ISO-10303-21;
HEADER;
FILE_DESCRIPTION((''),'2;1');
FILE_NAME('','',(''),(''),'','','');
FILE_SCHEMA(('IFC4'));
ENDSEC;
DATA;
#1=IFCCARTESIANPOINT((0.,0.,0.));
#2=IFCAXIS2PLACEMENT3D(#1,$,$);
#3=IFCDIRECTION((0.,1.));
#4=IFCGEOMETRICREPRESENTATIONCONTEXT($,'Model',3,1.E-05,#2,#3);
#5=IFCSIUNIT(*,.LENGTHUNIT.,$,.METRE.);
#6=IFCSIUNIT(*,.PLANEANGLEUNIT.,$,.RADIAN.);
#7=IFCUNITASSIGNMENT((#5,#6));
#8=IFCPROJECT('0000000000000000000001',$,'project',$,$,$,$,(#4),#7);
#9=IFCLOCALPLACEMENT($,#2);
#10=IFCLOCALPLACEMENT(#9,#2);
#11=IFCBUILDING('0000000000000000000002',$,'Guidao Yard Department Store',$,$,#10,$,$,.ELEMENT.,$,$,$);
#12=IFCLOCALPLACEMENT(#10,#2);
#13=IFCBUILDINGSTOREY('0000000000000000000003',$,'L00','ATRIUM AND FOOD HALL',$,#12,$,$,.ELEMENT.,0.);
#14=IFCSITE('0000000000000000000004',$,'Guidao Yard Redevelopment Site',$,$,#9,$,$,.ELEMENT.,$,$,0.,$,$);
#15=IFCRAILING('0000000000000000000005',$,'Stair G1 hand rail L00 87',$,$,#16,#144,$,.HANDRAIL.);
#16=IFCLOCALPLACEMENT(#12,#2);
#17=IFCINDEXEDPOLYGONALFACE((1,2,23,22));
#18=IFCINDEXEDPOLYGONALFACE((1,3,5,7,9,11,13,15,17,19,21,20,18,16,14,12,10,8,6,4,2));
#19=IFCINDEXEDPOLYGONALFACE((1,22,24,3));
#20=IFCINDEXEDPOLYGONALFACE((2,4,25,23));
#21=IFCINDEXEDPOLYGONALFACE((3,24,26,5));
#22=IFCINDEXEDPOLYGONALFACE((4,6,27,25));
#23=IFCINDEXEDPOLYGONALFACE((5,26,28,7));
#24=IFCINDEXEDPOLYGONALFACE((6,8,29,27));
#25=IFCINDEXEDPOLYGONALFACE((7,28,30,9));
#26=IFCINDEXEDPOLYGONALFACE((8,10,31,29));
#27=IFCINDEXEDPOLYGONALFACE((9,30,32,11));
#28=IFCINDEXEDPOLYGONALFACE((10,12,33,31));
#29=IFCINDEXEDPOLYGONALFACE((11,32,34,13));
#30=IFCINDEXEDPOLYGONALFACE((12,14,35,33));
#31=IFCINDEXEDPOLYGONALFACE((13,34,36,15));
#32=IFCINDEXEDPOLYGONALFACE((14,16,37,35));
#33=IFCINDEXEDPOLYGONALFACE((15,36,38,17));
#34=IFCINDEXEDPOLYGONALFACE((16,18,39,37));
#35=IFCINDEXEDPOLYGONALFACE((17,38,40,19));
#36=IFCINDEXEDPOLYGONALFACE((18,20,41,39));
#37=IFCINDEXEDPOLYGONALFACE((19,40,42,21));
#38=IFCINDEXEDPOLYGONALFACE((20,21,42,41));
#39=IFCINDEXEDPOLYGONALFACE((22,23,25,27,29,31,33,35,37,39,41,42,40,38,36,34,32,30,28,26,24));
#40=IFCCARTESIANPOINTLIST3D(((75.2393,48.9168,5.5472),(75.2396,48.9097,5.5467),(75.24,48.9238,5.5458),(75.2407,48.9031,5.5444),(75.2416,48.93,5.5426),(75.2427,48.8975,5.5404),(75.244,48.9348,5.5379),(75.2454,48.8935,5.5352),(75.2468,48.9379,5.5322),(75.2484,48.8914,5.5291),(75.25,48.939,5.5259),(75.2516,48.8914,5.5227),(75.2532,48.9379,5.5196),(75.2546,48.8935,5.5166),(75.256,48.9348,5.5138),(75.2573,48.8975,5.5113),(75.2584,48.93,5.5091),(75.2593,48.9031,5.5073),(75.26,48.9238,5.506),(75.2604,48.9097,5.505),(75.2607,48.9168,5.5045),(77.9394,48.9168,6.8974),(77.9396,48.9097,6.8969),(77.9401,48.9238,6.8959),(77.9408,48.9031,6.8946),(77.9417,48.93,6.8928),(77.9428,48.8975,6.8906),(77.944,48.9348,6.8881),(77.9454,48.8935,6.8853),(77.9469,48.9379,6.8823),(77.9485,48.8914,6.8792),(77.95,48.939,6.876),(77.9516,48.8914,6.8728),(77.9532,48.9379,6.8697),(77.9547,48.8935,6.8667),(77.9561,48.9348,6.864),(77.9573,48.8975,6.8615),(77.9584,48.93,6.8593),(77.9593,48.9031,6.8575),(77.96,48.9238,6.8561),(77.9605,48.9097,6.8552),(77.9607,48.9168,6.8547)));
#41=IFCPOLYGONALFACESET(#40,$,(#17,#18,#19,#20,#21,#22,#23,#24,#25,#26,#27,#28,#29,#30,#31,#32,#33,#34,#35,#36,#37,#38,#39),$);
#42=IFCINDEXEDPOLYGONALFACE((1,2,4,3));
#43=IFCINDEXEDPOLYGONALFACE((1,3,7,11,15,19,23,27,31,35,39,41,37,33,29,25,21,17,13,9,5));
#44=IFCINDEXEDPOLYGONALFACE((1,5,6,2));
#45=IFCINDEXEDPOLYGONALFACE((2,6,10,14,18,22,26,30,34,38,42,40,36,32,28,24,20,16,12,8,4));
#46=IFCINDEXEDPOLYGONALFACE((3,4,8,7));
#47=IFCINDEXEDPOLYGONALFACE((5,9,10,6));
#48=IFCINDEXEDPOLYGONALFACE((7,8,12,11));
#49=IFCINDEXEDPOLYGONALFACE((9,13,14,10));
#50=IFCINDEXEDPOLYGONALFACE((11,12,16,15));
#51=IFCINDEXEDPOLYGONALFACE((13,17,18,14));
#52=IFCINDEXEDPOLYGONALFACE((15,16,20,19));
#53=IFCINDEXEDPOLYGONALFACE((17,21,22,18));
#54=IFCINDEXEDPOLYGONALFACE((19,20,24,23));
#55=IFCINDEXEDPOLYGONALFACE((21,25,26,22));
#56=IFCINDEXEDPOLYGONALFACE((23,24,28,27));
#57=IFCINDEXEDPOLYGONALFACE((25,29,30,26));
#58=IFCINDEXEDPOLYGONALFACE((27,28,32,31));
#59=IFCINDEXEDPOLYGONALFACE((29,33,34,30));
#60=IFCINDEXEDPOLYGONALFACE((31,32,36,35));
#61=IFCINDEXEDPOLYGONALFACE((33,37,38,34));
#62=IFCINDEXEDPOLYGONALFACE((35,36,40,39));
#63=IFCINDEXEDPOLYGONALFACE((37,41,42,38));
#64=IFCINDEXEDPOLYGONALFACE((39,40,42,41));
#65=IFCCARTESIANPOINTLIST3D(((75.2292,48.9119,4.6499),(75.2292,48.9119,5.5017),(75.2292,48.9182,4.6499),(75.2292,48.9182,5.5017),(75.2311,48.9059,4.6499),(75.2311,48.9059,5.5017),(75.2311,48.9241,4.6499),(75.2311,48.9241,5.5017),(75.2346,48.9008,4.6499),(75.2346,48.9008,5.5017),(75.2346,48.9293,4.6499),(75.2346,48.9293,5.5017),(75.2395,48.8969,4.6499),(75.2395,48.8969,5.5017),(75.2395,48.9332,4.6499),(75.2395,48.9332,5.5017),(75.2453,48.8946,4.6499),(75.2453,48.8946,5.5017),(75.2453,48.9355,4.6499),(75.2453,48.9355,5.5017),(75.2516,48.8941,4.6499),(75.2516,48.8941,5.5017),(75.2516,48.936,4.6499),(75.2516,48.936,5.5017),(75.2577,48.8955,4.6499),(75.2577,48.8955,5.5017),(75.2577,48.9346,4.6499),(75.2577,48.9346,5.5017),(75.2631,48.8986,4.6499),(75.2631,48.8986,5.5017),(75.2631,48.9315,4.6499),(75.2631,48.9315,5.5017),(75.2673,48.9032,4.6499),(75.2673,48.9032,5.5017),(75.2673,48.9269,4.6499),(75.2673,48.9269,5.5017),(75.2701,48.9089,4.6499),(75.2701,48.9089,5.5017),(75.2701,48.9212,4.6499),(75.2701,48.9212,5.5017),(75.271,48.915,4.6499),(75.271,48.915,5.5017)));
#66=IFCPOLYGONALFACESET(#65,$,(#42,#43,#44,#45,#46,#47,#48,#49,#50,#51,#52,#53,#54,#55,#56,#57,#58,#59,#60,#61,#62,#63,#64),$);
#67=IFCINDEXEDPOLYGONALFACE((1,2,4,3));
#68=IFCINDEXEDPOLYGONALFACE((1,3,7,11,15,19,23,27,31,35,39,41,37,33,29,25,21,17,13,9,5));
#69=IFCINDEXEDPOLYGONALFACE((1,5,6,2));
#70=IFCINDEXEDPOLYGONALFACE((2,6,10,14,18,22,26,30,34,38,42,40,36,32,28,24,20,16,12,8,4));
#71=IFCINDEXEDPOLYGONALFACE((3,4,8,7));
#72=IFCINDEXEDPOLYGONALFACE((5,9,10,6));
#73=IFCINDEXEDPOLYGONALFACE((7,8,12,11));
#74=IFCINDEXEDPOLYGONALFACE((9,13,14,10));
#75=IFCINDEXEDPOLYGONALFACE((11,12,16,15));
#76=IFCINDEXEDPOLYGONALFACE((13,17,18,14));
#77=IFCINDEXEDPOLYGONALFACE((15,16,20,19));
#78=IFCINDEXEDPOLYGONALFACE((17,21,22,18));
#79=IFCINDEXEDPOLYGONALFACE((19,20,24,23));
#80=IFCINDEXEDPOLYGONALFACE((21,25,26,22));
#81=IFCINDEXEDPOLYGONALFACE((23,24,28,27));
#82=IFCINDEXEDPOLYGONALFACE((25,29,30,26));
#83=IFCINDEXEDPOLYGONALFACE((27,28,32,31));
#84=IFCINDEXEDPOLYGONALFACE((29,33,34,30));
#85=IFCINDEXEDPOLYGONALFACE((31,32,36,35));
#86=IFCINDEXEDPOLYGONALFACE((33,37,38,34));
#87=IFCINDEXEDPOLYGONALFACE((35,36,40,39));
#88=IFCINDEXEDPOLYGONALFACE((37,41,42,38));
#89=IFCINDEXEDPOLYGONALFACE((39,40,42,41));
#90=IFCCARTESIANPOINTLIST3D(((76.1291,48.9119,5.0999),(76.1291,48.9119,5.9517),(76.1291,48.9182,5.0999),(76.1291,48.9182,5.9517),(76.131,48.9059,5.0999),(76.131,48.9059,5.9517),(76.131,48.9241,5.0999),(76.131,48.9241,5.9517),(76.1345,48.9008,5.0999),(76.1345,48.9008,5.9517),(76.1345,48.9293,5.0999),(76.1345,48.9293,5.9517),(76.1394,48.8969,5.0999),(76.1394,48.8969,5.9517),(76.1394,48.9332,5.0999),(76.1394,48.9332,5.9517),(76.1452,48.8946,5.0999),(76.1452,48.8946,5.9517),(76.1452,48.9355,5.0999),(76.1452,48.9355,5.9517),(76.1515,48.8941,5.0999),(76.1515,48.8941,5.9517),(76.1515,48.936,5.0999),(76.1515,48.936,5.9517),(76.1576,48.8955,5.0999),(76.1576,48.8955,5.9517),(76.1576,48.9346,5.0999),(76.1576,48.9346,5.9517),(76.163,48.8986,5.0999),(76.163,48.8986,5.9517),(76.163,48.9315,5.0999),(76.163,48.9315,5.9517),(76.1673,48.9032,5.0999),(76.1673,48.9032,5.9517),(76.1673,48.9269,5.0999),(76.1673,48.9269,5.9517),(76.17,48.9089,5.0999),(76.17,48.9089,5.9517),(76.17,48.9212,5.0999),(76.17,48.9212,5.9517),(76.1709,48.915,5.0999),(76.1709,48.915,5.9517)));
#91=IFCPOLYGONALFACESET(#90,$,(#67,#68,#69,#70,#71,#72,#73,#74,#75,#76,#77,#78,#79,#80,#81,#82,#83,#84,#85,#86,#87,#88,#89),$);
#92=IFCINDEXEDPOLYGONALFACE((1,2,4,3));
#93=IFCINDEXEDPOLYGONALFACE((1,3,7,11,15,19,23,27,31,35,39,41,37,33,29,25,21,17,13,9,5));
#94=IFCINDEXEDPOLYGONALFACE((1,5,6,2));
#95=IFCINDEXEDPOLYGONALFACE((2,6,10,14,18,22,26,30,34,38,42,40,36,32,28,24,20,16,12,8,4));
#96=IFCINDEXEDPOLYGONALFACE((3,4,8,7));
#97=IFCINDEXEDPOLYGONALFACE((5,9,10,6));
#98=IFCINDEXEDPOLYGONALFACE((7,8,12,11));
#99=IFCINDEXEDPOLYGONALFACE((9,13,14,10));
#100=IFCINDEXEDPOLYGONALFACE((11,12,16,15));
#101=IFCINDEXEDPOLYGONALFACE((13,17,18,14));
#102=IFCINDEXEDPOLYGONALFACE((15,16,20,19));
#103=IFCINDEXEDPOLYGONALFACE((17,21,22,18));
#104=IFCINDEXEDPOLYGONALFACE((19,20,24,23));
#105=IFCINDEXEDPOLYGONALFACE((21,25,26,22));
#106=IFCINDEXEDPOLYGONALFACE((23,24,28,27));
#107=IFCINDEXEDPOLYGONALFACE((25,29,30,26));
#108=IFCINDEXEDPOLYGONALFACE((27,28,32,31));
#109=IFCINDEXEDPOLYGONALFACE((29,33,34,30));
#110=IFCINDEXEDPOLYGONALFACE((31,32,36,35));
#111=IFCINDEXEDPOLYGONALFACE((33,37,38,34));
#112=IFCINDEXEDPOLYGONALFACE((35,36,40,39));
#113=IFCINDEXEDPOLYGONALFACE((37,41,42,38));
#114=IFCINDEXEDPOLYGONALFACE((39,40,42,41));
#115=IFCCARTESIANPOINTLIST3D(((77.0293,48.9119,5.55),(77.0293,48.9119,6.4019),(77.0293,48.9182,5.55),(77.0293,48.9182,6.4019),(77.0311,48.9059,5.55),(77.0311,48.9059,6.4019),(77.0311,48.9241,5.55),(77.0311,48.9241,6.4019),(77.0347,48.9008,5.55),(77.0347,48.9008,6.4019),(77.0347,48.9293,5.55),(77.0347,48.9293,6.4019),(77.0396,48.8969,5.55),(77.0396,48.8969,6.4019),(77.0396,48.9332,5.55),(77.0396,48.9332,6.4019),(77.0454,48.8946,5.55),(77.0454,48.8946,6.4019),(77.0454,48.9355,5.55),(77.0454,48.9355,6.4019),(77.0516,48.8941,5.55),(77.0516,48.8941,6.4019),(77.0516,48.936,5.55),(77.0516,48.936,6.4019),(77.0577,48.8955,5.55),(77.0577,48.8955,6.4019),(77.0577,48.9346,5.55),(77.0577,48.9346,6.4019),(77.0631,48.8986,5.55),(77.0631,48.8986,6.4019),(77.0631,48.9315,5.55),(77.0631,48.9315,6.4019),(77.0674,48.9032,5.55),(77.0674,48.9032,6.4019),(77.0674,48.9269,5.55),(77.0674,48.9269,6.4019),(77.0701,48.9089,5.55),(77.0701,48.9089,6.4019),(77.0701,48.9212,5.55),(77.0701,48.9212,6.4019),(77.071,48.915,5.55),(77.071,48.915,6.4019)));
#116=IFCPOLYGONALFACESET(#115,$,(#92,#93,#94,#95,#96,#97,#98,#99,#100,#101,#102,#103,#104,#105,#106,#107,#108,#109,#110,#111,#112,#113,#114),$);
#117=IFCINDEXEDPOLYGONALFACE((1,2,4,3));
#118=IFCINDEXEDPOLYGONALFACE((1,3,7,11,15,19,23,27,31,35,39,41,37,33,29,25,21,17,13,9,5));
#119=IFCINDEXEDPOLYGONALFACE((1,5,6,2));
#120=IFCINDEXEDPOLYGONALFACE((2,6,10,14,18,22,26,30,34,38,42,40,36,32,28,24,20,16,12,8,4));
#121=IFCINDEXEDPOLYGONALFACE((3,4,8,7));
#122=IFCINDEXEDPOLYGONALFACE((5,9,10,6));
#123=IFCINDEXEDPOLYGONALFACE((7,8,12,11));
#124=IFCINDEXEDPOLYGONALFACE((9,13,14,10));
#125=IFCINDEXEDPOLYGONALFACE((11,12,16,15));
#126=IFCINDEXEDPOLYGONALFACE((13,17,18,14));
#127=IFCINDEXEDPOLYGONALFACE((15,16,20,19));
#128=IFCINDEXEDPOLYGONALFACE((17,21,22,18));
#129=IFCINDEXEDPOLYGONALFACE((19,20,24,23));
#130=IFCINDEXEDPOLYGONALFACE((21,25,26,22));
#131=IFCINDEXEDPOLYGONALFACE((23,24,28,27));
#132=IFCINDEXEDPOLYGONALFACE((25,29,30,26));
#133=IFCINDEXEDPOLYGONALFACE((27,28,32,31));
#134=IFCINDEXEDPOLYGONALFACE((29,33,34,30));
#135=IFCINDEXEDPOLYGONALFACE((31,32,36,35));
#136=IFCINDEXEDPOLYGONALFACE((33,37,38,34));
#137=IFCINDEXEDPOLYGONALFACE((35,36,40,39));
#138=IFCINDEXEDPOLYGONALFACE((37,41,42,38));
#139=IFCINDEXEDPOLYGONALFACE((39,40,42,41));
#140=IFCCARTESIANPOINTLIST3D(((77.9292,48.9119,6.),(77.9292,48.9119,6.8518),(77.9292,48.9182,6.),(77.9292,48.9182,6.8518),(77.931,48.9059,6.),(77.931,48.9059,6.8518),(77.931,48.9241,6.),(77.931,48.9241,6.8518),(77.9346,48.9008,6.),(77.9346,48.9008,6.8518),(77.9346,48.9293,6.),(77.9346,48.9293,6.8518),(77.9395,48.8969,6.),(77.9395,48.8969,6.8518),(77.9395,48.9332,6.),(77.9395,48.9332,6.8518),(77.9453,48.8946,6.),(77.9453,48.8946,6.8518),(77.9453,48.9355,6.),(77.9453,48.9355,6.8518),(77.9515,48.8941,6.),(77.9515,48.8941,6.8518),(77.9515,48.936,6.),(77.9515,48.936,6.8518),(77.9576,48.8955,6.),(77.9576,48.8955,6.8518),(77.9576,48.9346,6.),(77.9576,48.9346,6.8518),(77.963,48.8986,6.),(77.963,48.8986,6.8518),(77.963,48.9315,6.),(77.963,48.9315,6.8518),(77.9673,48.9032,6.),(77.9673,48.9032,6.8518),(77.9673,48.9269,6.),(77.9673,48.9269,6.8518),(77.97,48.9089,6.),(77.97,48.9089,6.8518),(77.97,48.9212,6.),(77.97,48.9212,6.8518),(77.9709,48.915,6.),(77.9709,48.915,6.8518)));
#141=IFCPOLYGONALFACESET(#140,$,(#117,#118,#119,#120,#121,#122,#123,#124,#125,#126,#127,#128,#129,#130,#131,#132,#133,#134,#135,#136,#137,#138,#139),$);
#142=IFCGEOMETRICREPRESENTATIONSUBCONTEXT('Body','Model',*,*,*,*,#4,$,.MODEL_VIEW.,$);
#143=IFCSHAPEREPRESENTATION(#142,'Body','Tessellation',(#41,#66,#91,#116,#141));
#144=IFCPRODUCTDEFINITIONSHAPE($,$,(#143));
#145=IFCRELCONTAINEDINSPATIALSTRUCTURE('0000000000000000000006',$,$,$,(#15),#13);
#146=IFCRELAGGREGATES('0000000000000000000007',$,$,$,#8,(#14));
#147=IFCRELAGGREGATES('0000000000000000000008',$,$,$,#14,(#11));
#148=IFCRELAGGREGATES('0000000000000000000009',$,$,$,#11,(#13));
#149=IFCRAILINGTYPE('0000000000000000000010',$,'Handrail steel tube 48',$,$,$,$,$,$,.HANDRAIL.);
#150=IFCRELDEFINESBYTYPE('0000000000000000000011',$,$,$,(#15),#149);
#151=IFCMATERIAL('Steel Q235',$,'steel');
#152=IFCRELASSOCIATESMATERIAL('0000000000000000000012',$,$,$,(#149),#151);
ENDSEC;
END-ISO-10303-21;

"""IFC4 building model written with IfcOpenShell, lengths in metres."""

from ifc_helpers import new_model, si_unit, direction, frame, origin, origin_2d, place, context, subcontext, project, spatial, circle, extrude, material, type_object, element, save


model = new_model("IFC4")

# Units and contexts
model_context = context("Model", 3, precision=1e-05, world=origin(), true_north=direction((0.0, 1.0)))
body_context = subcontext(model_context, "Body", "Model", "MODEL_VIEW")
ifc_project = project(units=[si_unit("LENGTHUNIT", "METRE"), si_unit("PLANEANGLEUNIT", "RADIAN")], contexts=[model_context])

# Site, building, storey
site_placement = place(None, origin())
site = spatial("IfcSite", under=ifc_project, at=site_placement, Name="Guidao Yard Redevelopment Site", CompositionType="ELEMENT", RefElevation=0.0)
building_placement = place(site_placement, origin())
building = spatial("IfcBuilding", under=site, at=building_placement, Name="Guidao Yard Department Store", CompositionType="ELEMENT")
storey_placement = place(building_placement, origin())
storey = spatial("IfcBuildingStorey", under=building, at=storey_placement, Name="L00", Description="ATRIUM AND FOOD HALL", CompositionType="ELEMENT", Elevation=0.0)

# Railing
ifc_material_1 = material(Name="Steel Q235", Category="steel")
railing_type = type_object("IfcRailingType", Name="Handrail steel tube 48", PredefinedType="HANDRAIL", material=ifc_material_1)
for number, where, name in (
    (1, (75.25, 48.915, 4.6499), "Stair G1 hand rail L00 87"),
):
    element("IfcRailing", number, at=place(storey_placement, frame(where)), inside=storey, type_object=railing_type, Name=name, PredefinedType="HANDRAIL", context=body_context, shape_type="SweptSolid", body=[
        extrude(circle(Radius=0.0239, at=origin_2d()), frame((0.0, 0.0, 0.876), z_axis=(0.894411, 0.0, 0.447246), x_axis=(0.0, 1.0, 0.0)), (0.0, 0.0, 1.0), 3.0188),
        extrude(circle(Radius=0.021, at=origin_2d()), origin(), (0.0, 0.0, 1.0), 0.8518),
        extrude(circle(Radius=0.021, at=origin_2d()), frame((0.8999, 0.0, 0.45)), (0.0, 0.0, 1.0), 0.8518),
        extrude(circle(Radius=0.021, at=origin_2d()), frame((1.8, 0.0, 0.9001)), (0.0, 0.0, 1.0), 0.8518),
        extrude(circle(Radius=0.021, at=origin_2d()), frame((2.7, 0.0, 1.3501)), (0.0, 0.0, 1.0), 0.8518),
    ])

save(model, "model.ifc")
